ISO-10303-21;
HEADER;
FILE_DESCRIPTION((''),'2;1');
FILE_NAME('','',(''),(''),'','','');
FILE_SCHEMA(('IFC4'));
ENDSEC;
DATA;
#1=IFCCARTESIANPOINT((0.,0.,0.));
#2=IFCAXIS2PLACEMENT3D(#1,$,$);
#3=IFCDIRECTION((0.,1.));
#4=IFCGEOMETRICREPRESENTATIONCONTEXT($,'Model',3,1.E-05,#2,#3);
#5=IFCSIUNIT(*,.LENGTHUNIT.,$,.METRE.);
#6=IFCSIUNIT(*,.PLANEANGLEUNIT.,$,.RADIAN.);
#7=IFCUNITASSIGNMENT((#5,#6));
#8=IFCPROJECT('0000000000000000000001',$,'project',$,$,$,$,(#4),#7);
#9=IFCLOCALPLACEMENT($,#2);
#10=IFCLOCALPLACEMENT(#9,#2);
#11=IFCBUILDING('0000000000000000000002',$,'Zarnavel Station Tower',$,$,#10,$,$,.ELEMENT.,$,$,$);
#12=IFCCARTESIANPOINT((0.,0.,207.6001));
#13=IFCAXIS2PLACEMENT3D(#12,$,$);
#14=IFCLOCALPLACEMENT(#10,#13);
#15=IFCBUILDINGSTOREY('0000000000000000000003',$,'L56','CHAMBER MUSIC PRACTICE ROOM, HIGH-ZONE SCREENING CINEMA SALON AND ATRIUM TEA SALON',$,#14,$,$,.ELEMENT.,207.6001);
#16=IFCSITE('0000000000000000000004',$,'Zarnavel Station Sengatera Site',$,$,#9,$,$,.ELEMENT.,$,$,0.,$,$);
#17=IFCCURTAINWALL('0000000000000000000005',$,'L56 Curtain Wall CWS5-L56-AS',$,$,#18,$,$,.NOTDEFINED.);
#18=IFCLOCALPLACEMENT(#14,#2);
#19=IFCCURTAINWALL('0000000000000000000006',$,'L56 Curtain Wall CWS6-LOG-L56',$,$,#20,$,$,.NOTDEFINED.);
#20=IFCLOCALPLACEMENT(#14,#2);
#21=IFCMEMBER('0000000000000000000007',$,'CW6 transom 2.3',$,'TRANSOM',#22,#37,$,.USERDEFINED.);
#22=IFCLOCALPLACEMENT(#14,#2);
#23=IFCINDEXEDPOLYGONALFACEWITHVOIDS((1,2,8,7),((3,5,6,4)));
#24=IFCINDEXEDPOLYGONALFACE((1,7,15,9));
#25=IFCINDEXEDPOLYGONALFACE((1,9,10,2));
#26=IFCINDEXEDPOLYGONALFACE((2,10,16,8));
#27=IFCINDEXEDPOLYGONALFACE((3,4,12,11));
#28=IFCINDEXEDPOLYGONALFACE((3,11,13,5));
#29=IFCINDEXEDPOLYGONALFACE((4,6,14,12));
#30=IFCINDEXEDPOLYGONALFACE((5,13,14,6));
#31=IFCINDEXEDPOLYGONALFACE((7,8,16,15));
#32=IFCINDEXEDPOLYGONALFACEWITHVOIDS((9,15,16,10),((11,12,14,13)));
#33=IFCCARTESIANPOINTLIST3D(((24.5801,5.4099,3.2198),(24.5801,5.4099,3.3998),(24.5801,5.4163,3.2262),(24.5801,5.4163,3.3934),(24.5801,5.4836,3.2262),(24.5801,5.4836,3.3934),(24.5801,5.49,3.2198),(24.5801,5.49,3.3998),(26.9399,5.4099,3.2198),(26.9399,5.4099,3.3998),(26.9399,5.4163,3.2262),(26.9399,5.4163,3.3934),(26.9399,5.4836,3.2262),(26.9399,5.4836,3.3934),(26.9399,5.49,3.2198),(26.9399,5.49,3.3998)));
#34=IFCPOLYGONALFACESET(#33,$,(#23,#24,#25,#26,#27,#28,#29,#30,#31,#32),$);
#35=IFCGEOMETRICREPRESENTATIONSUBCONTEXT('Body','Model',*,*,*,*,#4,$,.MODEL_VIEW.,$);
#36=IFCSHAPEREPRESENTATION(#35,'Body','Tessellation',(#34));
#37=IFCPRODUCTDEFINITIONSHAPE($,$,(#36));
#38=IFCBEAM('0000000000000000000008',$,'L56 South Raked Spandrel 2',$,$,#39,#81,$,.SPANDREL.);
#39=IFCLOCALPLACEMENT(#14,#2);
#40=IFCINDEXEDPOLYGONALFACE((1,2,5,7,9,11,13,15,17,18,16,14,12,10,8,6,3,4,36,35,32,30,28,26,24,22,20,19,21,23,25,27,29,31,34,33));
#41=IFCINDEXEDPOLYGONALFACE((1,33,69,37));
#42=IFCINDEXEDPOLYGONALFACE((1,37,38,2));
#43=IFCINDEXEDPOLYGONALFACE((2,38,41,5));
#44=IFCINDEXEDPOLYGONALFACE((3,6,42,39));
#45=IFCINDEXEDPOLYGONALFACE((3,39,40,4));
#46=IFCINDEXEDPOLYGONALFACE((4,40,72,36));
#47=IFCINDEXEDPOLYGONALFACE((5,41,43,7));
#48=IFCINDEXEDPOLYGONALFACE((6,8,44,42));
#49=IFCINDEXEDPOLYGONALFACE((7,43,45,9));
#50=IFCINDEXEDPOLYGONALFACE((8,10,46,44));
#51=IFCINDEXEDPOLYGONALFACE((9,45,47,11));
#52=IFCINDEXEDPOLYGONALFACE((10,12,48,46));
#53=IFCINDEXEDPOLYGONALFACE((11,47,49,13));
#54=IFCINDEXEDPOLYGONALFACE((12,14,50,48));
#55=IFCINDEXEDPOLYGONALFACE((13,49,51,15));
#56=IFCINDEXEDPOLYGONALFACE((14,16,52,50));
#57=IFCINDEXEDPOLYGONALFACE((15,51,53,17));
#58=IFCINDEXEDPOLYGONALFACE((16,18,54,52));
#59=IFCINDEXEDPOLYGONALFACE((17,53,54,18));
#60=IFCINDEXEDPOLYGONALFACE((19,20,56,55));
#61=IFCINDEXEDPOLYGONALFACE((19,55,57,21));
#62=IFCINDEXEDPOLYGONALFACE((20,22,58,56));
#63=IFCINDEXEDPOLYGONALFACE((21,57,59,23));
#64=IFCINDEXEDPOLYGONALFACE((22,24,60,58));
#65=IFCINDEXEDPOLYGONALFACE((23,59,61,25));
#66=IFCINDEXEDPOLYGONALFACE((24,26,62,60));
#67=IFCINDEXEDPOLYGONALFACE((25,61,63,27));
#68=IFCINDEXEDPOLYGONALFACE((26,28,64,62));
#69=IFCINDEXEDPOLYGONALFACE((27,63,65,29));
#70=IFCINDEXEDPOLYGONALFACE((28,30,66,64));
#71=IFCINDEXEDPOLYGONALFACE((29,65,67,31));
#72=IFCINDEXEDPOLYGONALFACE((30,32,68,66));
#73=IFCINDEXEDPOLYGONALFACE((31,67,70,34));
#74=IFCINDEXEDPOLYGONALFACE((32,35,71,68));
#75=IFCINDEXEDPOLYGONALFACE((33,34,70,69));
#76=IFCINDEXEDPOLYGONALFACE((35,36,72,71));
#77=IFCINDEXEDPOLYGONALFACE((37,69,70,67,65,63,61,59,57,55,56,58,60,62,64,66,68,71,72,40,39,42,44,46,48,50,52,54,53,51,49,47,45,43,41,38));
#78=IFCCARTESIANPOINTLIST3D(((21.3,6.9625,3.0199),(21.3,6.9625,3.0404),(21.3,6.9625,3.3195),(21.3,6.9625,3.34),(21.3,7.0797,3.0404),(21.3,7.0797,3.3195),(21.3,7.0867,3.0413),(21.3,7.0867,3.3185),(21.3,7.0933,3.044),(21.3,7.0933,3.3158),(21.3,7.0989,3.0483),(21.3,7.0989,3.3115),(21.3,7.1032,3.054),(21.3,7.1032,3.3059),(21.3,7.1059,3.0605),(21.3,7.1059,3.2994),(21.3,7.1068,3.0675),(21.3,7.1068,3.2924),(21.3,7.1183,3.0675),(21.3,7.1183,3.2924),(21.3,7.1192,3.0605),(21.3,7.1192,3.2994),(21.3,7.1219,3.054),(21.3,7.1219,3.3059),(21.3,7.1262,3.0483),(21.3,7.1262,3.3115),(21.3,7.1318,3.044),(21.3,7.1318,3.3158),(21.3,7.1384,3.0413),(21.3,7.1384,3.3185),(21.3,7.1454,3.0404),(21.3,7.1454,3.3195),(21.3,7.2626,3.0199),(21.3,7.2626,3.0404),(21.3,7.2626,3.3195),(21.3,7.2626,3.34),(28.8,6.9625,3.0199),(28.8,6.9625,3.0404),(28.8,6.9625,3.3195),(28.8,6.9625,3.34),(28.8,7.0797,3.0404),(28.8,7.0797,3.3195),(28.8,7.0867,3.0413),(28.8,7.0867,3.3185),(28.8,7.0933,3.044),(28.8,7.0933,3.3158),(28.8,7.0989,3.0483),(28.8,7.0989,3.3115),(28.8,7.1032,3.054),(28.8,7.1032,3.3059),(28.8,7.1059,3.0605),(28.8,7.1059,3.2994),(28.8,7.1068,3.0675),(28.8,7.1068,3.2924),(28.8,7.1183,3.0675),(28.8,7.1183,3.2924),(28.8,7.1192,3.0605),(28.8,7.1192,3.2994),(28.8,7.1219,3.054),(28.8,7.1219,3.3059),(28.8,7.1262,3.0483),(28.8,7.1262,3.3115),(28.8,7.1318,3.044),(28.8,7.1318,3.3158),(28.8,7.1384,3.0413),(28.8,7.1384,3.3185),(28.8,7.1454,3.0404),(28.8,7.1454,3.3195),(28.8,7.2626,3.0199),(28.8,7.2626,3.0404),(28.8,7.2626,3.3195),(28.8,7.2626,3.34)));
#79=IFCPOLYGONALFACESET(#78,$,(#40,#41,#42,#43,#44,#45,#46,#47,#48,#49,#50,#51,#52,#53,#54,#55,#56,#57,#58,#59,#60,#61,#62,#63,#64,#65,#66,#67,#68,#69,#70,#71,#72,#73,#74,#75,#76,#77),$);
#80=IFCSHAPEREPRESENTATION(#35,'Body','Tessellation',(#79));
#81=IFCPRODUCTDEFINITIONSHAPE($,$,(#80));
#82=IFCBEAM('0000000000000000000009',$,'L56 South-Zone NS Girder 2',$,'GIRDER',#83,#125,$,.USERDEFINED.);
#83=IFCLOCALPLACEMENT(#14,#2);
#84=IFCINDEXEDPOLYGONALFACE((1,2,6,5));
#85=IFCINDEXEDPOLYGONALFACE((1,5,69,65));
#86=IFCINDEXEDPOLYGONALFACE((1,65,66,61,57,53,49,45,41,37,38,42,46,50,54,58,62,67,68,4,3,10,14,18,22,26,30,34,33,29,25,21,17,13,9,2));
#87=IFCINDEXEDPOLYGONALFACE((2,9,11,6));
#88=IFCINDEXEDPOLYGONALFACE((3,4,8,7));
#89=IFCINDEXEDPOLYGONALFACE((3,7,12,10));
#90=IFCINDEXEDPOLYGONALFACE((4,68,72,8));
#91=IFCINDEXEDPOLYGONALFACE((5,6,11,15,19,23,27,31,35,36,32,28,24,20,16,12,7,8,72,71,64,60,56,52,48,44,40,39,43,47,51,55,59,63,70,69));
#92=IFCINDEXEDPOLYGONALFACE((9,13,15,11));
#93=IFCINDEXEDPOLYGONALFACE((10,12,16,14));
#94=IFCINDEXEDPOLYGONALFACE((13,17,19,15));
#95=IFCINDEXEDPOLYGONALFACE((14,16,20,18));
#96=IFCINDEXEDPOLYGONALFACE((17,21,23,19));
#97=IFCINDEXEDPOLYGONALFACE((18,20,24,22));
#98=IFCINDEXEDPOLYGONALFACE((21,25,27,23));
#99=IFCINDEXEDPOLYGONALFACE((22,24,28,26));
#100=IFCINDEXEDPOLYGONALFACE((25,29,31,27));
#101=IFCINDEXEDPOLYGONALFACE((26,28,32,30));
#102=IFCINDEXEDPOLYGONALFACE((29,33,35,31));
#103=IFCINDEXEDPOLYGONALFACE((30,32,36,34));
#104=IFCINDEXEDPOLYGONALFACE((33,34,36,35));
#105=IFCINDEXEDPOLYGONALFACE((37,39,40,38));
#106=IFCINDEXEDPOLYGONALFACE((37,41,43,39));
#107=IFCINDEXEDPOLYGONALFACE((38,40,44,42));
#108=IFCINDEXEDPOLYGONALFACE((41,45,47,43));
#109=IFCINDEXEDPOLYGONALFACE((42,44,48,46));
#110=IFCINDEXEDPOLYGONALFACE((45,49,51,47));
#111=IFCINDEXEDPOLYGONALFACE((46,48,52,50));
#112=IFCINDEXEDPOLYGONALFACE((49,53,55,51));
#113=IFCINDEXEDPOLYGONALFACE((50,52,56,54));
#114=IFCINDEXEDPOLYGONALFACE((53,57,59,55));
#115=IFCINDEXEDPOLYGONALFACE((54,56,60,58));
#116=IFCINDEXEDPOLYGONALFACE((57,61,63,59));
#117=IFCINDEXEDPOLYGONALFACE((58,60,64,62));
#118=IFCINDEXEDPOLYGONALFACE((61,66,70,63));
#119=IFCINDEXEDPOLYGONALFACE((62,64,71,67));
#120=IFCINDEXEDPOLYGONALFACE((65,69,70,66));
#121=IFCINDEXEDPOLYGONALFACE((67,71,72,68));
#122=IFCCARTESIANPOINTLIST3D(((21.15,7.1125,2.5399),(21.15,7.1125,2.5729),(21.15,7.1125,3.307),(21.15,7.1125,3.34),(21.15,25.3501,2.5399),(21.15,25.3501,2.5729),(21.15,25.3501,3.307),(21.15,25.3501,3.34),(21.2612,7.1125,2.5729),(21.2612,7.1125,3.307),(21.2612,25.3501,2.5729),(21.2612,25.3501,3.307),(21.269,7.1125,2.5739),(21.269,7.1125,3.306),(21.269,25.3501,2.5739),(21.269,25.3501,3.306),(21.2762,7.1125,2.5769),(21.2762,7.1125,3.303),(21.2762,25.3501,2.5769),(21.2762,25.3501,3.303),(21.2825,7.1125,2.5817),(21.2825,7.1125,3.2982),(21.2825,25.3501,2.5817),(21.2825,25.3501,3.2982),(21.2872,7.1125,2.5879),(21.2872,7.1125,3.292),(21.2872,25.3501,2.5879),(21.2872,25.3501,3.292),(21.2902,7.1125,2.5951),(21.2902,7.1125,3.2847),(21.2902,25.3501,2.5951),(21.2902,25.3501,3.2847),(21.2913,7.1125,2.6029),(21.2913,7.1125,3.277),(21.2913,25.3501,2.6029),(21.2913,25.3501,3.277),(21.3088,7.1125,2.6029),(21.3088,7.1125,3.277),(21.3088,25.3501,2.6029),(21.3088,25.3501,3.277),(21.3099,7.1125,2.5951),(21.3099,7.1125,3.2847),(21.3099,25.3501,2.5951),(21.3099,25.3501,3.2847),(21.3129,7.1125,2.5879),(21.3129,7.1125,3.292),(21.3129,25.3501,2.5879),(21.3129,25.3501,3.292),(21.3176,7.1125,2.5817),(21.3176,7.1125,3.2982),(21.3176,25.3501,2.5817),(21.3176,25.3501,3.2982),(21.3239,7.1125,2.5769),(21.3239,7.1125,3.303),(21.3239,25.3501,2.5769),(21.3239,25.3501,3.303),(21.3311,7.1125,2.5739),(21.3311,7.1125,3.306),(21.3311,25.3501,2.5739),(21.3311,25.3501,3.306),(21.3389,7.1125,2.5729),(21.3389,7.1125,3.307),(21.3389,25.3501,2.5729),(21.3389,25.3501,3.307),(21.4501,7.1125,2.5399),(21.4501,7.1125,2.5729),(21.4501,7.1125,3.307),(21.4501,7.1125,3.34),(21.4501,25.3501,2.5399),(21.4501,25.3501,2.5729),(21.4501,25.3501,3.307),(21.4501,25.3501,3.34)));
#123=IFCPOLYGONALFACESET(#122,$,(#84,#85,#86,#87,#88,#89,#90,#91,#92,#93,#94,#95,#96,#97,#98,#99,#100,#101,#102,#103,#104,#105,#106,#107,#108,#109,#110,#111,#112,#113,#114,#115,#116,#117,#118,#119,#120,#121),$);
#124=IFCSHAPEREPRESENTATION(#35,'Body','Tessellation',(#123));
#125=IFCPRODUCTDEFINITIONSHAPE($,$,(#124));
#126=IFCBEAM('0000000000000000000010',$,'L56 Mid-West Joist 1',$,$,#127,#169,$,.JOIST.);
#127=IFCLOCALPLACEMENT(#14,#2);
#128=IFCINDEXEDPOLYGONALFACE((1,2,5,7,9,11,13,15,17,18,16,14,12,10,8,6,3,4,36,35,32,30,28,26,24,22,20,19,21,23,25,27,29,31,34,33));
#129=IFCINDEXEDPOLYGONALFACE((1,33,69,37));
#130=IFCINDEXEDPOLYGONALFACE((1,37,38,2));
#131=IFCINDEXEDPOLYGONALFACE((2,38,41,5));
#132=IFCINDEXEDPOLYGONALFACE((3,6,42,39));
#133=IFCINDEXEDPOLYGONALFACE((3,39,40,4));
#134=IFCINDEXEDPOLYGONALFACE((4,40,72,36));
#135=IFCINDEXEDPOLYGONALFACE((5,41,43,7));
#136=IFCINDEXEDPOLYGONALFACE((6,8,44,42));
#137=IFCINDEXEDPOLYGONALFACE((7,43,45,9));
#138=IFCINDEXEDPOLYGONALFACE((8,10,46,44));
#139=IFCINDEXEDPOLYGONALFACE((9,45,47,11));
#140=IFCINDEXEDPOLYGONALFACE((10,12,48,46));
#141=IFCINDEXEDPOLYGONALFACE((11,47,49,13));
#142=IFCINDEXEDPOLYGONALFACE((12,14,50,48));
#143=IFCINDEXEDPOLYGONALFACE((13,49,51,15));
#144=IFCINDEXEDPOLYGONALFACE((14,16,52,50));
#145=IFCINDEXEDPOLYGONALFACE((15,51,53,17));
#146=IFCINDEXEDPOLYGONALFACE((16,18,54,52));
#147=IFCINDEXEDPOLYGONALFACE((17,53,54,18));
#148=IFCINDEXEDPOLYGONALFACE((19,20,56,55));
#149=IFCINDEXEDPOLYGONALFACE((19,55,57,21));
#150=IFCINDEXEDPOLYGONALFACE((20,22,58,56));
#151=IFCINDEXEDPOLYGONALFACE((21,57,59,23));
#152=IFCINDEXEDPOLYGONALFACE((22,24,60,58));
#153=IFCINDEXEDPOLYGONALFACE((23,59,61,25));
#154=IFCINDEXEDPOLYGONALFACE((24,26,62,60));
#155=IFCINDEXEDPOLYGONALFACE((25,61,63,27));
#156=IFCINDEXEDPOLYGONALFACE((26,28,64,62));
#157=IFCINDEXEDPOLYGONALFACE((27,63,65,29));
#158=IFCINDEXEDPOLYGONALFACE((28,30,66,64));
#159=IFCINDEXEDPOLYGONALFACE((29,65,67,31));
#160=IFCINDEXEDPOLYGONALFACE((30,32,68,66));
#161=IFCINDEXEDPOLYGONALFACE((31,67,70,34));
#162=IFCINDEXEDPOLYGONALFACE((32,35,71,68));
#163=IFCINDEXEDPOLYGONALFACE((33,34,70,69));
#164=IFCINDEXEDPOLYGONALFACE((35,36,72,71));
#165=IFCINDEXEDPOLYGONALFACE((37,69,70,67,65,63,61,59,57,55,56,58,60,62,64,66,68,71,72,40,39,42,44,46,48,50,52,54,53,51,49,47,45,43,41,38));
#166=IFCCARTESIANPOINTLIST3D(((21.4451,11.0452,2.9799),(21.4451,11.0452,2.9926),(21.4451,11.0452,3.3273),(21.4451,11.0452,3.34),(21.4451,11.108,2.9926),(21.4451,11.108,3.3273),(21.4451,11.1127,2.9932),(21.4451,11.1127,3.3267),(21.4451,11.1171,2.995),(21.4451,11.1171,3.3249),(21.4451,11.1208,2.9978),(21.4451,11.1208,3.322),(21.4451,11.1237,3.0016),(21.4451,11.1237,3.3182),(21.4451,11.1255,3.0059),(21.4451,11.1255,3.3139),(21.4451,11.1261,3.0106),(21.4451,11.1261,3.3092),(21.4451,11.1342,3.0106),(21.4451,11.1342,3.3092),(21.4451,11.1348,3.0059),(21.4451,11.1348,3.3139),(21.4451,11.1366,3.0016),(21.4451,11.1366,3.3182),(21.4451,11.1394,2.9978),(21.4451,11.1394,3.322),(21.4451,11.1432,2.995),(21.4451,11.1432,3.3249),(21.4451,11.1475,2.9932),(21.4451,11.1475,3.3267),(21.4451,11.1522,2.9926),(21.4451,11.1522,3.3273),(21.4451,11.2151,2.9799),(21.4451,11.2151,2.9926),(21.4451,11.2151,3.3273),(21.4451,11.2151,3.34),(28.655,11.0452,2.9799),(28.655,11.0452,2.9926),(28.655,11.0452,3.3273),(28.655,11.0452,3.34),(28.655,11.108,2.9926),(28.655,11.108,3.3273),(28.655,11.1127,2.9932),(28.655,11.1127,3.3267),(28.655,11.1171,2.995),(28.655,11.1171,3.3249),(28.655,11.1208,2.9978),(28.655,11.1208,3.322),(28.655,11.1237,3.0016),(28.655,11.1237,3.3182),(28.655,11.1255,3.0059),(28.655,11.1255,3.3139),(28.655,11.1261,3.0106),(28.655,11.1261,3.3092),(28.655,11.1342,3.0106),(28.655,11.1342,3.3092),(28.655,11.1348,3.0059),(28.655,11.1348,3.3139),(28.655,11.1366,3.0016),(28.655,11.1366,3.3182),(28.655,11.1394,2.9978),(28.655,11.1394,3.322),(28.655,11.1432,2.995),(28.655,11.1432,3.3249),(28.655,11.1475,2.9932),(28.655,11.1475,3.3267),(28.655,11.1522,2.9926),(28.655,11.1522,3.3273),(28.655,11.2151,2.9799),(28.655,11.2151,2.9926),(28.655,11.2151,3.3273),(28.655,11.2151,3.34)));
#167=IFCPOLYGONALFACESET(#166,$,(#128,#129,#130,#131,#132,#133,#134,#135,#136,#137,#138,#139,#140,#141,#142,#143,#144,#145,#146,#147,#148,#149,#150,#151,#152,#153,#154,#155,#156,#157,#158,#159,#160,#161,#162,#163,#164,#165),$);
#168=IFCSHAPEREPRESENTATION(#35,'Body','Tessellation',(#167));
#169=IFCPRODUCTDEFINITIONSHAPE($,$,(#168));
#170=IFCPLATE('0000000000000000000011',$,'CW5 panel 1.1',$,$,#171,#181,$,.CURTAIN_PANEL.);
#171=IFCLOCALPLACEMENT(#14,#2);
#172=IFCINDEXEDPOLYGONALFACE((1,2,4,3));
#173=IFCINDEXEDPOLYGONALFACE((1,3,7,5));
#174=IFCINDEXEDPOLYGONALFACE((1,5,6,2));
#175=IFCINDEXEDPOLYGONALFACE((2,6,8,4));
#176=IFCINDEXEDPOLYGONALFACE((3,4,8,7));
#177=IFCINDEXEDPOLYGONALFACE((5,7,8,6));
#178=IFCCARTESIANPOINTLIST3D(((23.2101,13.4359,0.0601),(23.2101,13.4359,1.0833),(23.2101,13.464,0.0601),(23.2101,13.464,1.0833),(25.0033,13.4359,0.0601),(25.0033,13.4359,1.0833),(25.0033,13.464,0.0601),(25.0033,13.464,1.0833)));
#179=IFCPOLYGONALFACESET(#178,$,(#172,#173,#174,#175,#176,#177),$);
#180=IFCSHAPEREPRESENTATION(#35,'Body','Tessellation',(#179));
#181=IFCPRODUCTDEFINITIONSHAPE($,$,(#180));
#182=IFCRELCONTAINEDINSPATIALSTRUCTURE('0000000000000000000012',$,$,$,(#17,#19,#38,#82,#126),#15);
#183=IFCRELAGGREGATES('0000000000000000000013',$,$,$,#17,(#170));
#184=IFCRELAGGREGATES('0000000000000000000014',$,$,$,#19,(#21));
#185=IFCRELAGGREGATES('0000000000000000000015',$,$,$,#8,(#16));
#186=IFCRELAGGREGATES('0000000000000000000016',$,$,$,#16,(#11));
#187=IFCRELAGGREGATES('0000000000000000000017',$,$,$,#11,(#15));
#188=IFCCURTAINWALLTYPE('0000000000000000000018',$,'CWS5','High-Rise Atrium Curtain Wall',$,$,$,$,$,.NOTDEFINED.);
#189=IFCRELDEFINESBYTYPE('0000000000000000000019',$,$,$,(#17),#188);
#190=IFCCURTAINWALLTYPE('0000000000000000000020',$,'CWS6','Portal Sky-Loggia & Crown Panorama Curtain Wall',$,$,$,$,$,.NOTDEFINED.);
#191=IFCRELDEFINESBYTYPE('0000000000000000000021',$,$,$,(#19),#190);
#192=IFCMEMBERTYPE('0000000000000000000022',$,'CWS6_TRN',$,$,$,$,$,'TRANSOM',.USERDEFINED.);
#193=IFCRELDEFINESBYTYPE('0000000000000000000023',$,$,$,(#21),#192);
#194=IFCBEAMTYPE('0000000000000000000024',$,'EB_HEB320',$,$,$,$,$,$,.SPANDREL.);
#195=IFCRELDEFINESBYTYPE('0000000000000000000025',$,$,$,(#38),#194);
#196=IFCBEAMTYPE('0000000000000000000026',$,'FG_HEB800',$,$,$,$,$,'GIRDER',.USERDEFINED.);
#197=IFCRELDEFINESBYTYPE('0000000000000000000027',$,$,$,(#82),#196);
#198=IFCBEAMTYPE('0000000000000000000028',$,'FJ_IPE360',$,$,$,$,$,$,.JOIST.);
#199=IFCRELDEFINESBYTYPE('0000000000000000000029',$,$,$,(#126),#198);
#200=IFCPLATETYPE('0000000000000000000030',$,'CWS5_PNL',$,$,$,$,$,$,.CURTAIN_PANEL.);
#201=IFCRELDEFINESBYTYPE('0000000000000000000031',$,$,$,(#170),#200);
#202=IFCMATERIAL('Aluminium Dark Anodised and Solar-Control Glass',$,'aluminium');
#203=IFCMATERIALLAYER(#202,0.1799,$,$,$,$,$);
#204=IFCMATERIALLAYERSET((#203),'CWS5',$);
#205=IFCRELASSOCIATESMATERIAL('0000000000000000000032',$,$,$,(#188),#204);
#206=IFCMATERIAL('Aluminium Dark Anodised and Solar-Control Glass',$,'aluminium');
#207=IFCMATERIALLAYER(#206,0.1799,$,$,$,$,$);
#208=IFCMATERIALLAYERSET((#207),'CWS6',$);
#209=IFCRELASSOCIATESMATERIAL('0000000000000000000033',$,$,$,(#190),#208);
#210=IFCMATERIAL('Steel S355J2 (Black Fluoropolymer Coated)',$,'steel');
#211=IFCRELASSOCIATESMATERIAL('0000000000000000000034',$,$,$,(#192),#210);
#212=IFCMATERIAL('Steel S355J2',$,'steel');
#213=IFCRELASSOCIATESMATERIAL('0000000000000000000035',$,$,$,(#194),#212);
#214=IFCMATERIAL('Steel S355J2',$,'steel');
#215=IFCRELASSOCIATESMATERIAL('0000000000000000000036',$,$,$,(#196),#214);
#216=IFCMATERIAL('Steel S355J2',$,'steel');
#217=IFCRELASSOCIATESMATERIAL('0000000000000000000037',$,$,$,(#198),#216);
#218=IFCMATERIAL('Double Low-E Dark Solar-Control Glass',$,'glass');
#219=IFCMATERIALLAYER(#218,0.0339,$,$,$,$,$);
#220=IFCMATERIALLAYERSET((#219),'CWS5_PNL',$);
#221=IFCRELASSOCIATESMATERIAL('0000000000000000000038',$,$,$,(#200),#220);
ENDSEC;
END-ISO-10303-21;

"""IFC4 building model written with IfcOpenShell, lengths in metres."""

from ifc_helpers import new_model, si_unit, direction, frame, origin, origin_2d, place, context, subcontext, project, spatial, rectangle, hollow_rectangle, i_section, extrude, material, layer, layer_set, material_profile, profile_set, type_object, element, aggregate, save


model = new_model("IFC4")

# Units and contexts
model_context = context("Model", 3, precision=1e-05, world=origin(), true_north=direction((0.0, 1.0)))
body_context = subcontext(model_context, "Body", "Model", "MODEL_VIEW")
ifc_project = project(units=[si_unit("LENGTHUNIT", "METRE"), si_unit("PLANEANGLEUNIT", "RADIAN")], contexts=[model_context])

# Site, building, storey
site_placement = place(None, origin())
site = spatial("IfcSite", under=ifc_project, at=site_placement, Name="Zarnavel Station Sengatera Site", CompositionType="ELEMENT", RefElevation=0.0)
building_placement = place(site_placement, origin())
building = spatial("IfcBuilding", under=site, at=building_placement, Name="Zarnavel Station Tower", CompositionType="ELEMENT")
storey_placement = place(building_placement, frame((0.0, 0.0, 207.6001)))
storey = spatial("IfcBuildingStorey", under=building, at=storey_placement, Name="L56", Description="CHAMBER MUSIC PRACTICE ROOM, HIGH-ZONE SCREENING CINEMA SALON AND ATRIUM TEA SALON", CompositionType="ELEMENT", Elevation=207.6001)

# Curtain walls, member
ifc_material_1 = material(Name="Aluminium Dark Anodised and Solar-Control Glass", Category="aluminium")
ifc_layer_1 = layer(ifc_material_1, 0.1799)
ifc_layer_set_1 = layer_set([ifc_layer_1], Name="CWS5")
curtain_wall_type_1 = type_object("IfcCurtainWallType", Name="CWS5", Description="High-Rise Atrium Curtain Wall", PredefinedType="NOTDEFINED", material=ifc_layer_set_1)
curtain_wall_1_placement = place(storey_placement, origin())
curtain_wall_1 = element("IfcCurtainWall", 1, at=curtain_wall_1_placement, inside=storey, type_object=curtain_wall_type_1, Name="L56 Curtain Wall CWS5-L56-AS", PredefinedType="NOTDEFINED")
ifc_material_2 = material(Name="Aluminium Dark Anodised and Solar-Control Glass", Category="aluminium")
ifc_layer_2 = layer(ifc_material_2, 0.1799)
ifc_layer_set_2 = layer_set([ifc_layer_2], Name="CWS6")
curtain_wall_type_2 = type_object("IfcCurtainWallType", Name="CWS6", Description="Portal Sky-Loggia & Crown Panorama Curtain Wall", PredefinedType="NOTDEFINED", material=ifc_layer_set_2)
curtain_wall_2_placement = place(storey_placement, origin())
curtain_wall_2 = element("IfcCurtainWall", 2, at=curtain_wall_2_placement, inside=storey, type_object=curtain_wall_type_2, Name="L56 Curtain Wall CWS6-LOG-L56", PredefinedType="NOTDEFINED")
ifc_material_3 = material(Name="Steel S355J2 (Black Fluoropolymer Coated)", Category="steel")
ifc_material_profile_1 = material_profile(ifc_material_3, hollow_rectangle(XDim=0.0801, YDim=0.1799, WallThickness=0.0063, at=origin_2d()), Name="RHS180x80x6.3")
ifc_profile_set_1 = profile_set([ifc_material_profile_1], Name="Steel S355J2 (Black Fluoropolymer Coated)")
member_type_1 = type_object("IfcMemberType", Name="CWS6_TRN", ElementType="TRANSOM", PredefinedType="USERDEFINED", material=ifc_profile_set_1)
member_1_placement = place(storey_placement, frame((24.5801, 5.45, 3.3098), z_axis=(1.0, 0.0, 0.0), x_axis=(0.0, 1.0, 0.0)))
member_1 = element("IfcMember", 3, at=member_1_placement, type_object=member_type_1, Name="CW6 transom 2.3", ObjectType="TRANSOM", PredefinedType="USERDEFINED", context=body_context, shape_type="SweptSolid", body=[
    extrude(hollow_rectangle(XDim=0.0801, YDim=0.1799, WallThickness=0.0063, at=origin_2d()), origin(), (0.0, 0.0, 1.0), 2.3599),
])

# Beams
ifc_material_4 = material(Name="Steel S355J2", Category="steel")
ifc_material_profile_2 = material_profile(ifc_material_4, i_section(OverallWidth=0.3, OverallDepth=0.3201, WebThickness=0.0115, FlangeThickness=0.0205, FilletRadius=0.0271, at=origin_2d()), Name="HEB320")
ifc_profile_set_2 = profile_set([ifc_material_profile_2], Name="Steel S355J2")
beam_type_1 = type_object("IfcBeamType", Name="EB_HEB320", PredefinedType="SPANDREL", material=ifc_profile_set_2)
beam_1_placement = place(storey_placement, frame((21.3, 7.1125, 3.1799), z_axis=(1.0, 0.0, 0.0), x_axis=(0.0, 1.0, 0.0)))
element("IfcBeam", 4, at=beam_1_placement, inside=storey, type_object=beam_type_1, Name="L56 South Raked Spandrel 2", PredefinedType="SPANDREL", context=body_context, shape_type="SweptSolid", body=[
    extrude(i_section(OverallWidth=0.3, OverallDepth=0.3201, WebThickness=0.0115, FlangeThickness=0.0205, FilletRadius=0.0271, at=origin_2d()), origin(), (0.0, 0.0, 1.0), 7.5),
])
ifc_material_5 = material(Name="Steel S355J2", Category="steel")
ifc_material_profile_3 = material_profile(ifc_material_5, i_section(OverallWidth=0.3, OverallDepth=0.8, WebThickness=0.0176, FlangeThickness=0.033, FilletRadius=0.03, at=origin_2d()), Name="HEB800")
ifc_profile_set_3 = profile_set([ifc_material_profile_3], Name="Steel S355J2")
beam_type_2 = type_object("IfcBeamType", Name="FG_HEB800", ElementType="GIRDER", PredefinedType="USERDEFINED", material=ifc_profile_set_3)
beam_2_placement = place(storey_placement, frame((21.3, 7.1125, 2.9399), z_axis=(0.0, 1.0, 0.0), x_axis=(-1.0, 0.0, 0.0)))
element("IfcBeam", 5, at=beam_2_placement, inside=storey, type_object=beam_type_2, Name="L56 South-Zone NS Girder 2", ObjectType="GIRDER", PredefinedType="USERDEFINED", context=body_context, shape_type="SweptSolid", body=[
    extrude(i_section(OverallWidth=0.3, OverallDepth=0.8, WebThickness=0.0176, FlangeThickness=0.033, FilletRadius=0.03, at=origin_2d()), origin(), (0.0, 0.0, 1.0), 18.2375),
])
ifc_material_6 = material(Name="Steel S355J2", Category="steel")
ifc_material_profile_4 = material_profile(ifc_material_6, i_section(OverallWidth=0.1699, OverallDepth=0.3601, WebThickness=0.0081, FlangeThickness=0.0127, FilletRadius=0.0181, at=origin_2d()), Name="IPE360")
ifc_profile_set_4 = profile_set([ifc_material_profile_4], Name="Steel S355J2")
beam_type_3 = type_object("IfcBeamType", Name="FJ_IPE360", PredefinedType="JOIST", material=ifc_profile_set_4)
beam_3_placement = place(storey_placement, frame((21.4451, 11.1301, 3.1599), z_axis=(1.0, 0.0, 0.0), x_axis=(0.0, 1.0, 0.0)))
element("IfcBeam", 6, at=beam_3_placement, inside=storey, type_object=beam_type_3, Name="L56 Mid-West Joist 1", PredefinedType="JOIST", context=body_context, shape_type="SweptSolid", body=[
    extrude(i_section(OverallWidth=0.1699, OverallDepth=0.3601, WebThickness=0.0081, FlangeThickness=0.0127, FilletRadius=0.0181, at=origin_2d()), origin(), (0.0, 0.0, 1.0), 7.21),
])

# Plate
ifc_material_7 = material(Name="Double Low-E Dark Solar-Control Glass", Category="glass")
ifc_layer_3 = layer(ifc_material_7, 0.0339)
ifc_layer_set_3 = layer_set([ifc_layer_3], Name="CWS5_PNL")
plate_type_1 = type_object("IfcPlateType", Name="CWS5_PNL", PredefinedType="CURTAIN_PANEL", material=ifc_layer_set_3)
plate_1_placement = place(storey_placement, frame((24.1067, 13.45, 0.0601), z_axis=(0.0, 0.0, 1.0), x_axis=(1.0, 0.0, 0.0)))
plate_1 = element("IfcPlate", 7, at=plate_1_placement, type_object=plate_type_1, Name="CW5 panel 1.1", PredefinedType="CURTAIN_PANEL", context=body_context, shape_type="SweptSolid", body=[
    extrude(rectangle(XDim=1.7932, YDim=0.0281, at=origin_2d()), origin(), (0.0, 0.0, 1.0), 1.0232),
])
aggregate(curtain_wall_1, [plate_1])
aggregate(curtain_wall_2, [member_1])

save(model, "model.ifc")
